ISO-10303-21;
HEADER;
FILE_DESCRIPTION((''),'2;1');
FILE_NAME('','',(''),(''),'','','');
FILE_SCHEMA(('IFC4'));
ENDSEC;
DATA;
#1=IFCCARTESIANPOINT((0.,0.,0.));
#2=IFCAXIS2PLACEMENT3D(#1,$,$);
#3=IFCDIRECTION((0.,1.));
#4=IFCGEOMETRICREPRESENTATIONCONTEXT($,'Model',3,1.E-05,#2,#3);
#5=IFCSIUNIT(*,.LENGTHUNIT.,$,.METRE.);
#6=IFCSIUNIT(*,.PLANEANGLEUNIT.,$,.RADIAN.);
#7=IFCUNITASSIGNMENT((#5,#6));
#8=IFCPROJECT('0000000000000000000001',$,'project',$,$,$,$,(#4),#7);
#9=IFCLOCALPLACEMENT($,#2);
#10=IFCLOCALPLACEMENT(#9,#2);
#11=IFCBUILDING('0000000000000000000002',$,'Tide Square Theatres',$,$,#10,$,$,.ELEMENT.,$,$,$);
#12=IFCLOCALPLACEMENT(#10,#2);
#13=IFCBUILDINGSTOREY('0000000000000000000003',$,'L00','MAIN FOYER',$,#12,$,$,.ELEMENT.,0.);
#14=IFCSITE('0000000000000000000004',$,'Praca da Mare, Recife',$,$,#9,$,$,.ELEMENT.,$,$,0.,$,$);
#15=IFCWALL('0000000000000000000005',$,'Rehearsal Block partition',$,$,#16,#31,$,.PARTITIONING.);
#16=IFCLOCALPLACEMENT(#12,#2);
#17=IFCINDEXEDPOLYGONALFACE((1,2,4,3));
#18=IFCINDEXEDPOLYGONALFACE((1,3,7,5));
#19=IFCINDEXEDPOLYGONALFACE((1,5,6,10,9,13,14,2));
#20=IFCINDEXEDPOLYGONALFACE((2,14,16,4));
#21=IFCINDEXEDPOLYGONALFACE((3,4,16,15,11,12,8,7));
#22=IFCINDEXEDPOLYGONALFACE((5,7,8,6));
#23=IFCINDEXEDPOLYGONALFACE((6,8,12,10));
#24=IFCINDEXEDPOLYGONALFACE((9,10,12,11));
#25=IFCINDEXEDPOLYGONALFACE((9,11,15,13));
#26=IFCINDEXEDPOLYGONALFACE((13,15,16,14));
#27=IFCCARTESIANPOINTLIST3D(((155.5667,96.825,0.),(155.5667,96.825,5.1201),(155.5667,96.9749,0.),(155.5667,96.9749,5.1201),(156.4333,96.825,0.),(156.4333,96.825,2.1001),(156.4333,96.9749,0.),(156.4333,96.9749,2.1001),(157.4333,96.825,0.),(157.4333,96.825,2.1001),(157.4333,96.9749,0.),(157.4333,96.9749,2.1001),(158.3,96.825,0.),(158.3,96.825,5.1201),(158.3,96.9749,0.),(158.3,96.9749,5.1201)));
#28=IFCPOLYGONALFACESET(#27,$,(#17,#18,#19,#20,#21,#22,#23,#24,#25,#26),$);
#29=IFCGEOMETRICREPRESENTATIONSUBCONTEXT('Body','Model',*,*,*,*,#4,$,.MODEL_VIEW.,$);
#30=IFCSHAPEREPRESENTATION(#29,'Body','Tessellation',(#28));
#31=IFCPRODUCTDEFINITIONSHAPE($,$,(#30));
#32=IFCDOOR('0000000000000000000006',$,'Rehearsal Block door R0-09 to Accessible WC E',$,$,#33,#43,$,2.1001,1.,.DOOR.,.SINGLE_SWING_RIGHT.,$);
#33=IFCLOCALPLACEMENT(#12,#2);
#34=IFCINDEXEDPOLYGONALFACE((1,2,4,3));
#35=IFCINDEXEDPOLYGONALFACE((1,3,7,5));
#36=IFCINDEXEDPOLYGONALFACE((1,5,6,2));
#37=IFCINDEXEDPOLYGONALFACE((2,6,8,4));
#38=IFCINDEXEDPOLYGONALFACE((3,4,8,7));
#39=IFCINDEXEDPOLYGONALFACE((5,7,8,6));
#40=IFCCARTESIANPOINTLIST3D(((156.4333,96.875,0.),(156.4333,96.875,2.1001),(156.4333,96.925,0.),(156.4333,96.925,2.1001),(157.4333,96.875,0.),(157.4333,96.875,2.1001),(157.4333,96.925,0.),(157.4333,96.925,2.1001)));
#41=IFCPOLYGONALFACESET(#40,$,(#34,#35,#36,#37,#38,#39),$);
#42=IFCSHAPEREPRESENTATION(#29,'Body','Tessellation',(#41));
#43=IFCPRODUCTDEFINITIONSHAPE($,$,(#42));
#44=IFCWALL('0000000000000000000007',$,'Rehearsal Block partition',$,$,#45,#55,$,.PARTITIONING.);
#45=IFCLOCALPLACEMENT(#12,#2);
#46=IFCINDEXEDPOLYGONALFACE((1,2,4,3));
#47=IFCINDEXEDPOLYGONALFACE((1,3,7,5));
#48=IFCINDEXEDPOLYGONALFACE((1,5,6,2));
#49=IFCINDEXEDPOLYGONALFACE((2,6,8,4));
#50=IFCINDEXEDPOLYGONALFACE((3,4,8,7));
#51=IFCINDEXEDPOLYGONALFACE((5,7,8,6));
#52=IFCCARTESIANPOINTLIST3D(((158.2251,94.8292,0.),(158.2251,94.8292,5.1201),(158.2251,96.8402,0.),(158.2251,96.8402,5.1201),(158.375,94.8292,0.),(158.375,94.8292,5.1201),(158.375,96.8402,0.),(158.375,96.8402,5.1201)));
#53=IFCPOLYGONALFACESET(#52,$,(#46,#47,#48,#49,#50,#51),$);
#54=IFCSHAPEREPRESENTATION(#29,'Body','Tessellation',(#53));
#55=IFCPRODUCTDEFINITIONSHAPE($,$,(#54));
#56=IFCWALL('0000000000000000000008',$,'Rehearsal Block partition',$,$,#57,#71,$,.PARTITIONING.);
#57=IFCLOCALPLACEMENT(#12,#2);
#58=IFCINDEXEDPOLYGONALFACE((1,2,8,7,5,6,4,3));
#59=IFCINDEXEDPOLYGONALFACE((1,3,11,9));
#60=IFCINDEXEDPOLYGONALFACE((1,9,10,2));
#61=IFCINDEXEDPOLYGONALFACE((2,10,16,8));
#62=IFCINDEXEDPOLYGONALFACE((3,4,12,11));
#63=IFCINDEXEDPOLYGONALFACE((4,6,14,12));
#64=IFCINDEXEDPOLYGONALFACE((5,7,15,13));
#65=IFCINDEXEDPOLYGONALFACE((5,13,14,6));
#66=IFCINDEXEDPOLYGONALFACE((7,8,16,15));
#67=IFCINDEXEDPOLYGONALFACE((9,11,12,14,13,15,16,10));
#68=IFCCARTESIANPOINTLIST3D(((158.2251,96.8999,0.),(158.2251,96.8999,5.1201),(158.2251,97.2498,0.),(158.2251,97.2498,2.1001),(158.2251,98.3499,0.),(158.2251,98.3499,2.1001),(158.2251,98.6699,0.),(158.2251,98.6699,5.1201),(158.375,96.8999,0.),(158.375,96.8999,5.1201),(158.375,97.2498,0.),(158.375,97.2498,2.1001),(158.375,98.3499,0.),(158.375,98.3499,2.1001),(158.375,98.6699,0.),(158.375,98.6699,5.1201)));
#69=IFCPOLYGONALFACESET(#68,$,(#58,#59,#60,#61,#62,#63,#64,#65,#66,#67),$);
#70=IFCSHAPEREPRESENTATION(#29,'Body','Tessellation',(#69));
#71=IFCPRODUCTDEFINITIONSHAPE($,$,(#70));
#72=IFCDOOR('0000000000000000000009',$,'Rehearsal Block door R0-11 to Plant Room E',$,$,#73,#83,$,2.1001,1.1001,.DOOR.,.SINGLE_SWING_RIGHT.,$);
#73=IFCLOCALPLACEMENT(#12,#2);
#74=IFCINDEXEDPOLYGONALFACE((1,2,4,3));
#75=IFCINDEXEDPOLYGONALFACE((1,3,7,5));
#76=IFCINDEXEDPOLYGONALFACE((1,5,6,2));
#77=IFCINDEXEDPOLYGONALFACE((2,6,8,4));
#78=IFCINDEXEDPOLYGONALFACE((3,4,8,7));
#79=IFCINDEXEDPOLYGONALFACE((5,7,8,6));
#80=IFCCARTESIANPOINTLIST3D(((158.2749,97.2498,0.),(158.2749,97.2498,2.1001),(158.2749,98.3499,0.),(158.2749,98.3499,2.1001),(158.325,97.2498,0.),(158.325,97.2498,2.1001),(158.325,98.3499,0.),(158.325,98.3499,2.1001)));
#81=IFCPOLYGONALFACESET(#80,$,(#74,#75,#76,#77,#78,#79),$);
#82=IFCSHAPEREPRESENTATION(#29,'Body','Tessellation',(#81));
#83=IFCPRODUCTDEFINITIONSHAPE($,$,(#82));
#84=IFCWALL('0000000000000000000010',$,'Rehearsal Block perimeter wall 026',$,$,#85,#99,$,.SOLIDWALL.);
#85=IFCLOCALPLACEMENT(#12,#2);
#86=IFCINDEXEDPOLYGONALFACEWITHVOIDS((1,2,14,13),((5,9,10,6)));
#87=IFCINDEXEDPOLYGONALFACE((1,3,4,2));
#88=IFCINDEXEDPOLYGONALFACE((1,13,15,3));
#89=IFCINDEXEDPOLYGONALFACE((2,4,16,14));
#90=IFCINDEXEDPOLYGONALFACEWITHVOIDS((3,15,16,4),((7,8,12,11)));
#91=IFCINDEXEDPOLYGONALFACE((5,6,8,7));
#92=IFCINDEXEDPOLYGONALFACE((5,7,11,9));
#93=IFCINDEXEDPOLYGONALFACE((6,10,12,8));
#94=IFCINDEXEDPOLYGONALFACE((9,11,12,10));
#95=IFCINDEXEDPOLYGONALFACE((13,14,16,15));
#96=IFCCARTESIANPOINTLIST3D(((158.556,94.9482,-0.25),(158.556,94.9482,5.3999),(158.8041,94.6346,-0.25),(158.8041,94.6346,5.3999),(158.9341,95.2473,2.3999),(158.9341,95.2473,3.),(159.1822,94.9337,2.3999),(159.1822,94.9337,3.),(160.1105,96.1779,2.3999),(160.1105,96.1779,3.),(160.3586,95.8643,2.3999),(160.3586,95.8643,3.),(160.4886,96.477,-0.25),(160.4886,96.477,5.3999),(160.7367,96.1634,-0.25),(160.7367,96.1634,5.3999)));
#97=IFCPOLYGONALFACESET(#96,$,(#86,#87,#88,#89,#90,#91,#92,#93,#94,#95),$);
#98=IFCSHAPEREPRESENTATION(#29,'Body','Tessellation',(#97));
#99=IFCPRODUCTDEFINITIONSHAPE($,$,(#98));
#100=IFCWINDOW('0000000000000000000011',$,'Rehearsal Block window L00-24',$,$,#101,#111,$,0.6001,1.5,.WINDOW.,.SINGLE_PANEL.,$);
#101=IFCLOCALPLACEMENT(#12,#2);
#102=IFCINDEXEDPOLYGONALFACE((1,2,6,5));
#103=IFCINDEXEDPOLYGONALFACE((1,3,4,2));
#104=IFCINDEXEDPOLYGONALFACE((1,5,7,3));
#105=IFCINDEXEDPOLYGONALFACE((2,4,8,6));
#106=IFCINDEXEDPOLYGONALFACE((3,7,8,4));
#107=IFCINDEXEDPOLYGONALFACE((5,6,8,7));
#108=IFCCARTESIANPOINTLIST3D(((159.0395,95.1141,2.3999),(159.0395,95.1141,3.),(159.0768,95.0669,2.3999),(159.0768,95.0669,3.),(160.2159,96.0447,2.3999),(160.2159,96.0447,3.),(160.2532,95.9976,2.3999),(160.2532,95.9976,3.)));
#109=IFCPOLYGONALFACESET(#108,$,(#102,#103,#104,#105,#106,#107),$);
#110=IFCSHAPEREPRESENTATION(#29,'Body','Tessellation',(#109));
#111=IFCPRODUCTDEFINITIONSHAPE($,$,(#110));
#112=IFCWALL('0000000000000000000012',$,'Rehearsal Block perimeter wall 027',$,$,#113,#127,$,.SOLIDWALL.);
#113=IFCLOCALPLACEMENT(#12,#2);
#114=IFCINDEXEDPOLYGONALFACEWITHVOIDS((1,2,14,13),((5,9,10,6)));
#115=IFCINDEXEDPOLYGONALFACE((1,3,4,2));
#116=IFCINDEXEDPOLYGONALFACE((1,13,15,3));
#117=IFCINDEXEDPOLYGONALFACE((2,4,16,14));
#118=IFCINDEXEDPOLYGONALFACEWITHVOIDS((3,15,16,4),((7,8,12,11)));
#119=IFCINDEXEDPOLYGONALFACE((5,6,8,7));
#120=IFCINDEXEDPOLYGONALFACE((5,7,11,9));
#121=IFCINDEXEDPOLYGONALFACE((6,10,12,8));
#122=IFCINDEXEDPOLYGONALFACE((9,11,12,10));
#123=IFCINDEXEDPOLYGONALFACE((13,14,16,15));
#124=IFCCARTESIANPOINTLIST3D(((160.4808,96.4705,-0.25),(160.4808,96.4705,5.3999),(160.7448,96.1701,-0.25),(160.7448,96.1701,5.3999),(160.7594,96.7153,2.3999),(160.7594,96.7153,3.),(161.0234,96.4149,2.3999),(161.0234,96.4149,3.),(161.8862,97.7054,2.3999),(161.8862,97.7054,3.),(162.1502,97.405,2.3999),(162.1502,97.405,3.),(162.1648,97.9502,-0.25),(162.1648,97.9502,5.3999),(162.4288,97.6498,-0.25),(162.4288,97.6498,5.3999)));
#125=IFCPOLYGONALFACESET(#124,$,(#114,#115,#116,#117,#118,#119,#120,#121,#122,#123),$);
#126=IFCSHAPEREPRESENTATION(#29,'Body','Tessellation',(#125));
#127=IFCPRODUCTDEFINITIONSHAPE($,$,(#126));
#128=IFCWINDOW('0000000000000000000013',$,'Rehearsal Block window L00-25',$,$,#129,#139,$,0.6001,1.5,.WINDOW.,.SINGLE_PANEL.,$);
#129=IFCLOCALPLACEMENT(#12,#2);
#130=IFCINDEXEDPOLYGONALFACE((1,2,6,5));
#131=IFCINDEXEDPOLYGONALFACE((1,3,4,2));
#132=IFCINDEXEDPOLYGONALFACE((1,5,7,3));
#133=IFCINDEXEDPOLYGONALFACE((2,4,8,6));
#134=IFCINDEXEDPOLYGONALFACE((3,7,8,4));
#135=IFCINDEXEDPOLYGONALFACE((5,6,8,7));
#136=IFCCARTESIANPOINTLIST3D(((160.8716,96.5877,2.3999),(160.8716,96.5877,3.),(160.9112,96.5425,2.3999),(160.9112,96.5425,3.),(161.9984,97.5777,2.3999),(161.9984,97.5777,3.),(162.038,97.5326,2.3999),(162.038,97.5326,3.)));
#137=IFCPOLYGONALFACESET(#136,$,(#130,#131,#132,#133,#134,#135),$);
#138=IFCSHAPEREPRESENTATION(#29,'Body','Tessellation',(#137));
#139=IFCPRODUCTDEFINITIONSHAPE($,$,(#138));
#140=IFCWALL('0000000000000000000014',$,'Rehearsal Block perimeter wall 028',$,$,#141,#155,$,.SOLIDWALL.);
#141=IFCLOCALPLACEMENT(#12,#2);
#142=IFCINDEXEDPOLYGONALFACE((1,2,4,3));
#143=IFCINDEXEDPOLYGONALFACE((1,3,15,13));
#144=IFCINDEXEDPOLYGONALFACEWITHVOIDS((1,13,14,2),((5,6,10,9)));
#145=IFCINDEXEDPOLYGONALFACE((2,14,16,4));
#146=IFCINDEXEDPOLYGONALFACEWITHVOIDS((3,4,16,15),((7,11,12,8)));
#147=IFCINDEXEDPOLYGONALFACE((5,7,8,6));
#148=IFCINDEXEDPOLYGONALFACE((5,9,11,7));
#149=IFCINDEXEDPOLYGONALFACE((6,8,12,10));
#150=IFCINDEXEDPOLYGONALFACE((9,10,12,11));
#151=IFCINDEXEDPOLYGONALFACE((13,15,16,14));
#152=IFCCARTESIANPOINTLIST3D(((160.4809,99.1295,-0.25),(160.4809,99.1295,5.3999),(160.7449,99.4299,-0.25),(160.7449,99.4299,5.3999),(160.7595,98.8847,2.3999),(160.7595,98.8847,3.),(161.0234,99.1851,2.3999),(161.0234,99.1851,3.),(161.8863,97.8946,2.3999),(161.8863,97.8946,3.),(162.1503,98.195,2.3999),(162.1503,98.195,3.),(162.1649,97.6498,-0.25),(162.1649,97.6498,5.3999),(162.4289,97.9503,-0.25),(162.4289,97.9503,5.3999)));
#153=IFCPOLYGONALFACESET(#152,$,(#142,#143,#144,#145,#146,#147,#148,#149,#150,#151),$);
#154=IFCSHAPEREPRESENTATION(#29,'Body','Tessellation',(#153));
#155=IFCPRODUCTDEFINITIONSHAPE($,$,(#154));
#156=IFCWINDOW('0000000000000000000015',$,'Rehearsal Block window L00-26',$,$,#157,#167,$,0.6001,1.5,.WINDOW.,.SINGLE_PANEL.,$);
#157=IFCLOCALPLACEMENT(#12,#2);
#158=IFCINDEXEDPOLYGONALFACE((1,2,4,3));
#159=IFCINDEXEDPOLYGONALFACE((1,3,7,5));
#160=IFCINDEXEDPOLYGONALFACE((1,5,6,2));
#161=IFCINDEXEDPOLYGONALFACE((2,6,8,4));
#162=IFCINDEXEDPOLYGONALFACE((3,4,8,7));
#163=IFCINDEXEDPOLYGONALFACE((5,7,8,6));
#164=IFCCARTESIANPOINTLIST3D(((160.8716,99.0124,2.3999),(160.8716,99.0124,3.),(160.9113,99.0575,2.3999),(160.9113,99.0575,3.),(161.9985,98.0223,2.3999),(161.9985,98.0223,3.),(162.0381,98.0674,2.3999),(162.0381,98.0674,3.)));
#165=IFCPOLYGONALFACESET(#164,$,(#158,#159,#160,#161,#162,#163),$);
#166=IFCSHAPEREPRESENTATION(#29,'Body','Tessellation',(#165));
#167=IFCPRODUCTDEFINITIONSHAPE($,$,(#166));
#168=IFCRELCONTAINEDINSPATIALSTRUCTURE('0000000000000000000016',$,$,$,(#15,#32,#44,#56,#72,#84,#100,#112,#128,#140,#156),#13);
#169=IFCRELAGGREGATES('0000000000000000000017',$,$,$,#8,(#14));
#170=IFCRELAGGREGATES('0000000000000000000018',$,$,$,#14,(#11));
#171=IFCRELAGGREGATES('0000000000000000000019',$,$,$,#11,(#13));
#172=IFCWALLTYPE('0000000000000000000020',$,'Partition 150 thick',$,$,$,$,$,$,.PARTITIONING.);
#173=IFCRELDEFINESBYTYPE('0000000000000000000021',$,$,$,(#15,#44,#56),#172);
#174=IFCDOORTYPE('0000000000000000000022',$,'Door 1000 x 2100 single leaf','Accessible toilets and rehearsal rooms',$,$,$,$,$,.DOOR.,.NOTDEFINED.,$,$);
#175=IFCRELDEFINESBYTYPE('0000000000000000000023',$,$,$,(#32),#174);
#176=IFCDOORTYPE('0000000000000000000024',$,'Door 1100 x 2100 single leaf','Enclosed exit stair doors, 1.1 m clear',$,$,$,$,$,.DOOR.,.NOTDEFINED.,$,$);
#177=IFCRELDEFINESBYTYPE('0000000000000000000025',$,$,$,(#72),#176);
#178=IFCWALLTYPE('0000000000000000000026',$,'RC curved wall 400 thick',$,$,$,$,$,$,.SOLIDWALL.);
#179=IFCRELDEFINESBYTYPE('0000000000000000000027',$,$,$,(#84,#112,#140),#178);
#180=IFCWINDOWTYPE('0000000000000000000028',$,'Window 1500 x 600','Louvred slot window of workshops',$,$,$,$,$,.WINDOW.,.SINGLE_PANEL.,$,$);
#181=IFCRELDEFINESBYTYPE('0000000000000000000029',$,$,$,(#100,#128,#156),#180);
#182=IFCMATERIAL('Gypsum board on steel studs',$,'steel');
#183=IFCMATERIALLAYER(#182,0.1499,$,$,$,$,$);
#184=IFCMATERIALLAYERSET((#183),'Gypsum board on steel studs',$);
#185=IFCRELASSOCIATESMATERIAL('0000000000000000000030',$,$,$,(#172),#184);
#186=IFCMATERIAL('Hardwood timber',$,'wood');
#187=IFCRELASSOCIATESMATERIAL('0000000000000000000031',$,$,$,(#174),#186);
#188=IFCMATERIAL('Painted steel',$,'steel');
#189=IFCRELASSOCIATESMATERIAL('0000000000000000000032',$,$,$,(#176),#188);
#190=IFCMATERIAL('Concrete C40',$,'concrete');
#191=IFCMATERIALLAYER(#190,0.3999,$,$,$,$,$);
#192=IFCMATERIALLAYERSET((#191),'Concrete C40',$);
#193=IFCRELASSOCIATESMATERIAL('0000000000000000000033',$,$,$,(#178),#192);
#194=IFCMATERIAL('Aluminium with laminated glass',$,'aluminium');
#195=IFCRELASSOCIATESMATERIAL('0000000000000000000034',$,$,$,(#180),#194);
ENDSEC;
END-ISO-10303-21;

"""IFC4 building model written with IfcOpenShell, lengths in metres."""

from ifc_helpers import new_model, si_unit, direction, frame, frame_2d, origin, place, context, subcontext, project, spatial, rectangle, extrude, material, layer, layer_set, type_object, element, fill, save


model = new_model("IFC4")

# Units and contexts
model_context = context("Model", 3, precision=1e-05, world=origin(), true_north=direction((0.0, 1.0)))
body_context = subcontext(model_context, "Body", "Model", "MODEL_VIEW")
ifc_project = project(units=[si_unit("LENGTHUNIT", "METRE"), si_unit("PLANEANGLEUNIT", "RADIAN")], contexts=[model_context])

# Site, building, storey
site_placement = place(None, origin())
site = spatial("IfcSite", under=ifc_project, at=site_placement, Name="Praca da Mare, Recife", CompositionType="ELEMENT", RefElevation=0.0)
building_placement = place(site_placement, origin())
building = spatial("IfcBuilding", under=site, at=building_placement, Name="Tide Square Theatres", CompositionType="ELEMENT")
storey_placement = place(building_placement, origin())
storey = spatial("IfcBuildingStorey", under=building, at=storey_placement, Name="L00", Description="MAIN FOYER", CompositionType="ELEMENT", Elevation=0.0)

# Shared definitions
ifc_material_1 = material(Name="Gypsum board on steel studs", Category="steel")
ifc_layer_1 = layer(ifc_material_1, 0.1499)
ifc_layer_set_1 = layer_set([ifc_layer_1], Name="Gypsum board on steel studs")
wall_type_1 = type_object("IfcWallType", Name="Partition 150 thick", PredefinedType="PARTITIONING", material=ifc_layer_set_1)

# Wall, opening, door
wall_1_placement = place(storey_placement, frame((158.3, 96.8999, 0.0), z_axis=(0.0, 0.0, 1.0), x_axis=(-1.0, 0.0, 0.0)))
wall_1 = element("IfcWall", 1, at=wall_1_placement, inside=storey, type_object=wall_type_1, Name="Rehearsal Block partition", PredefinedType="PARTITIONING", context=body_context, shape_type="SweptSolid", body=[
    extrude(rectangle(XDim=2.7334, YDim=0.1499, at=frame_2d((1.3667, 0.0))), origin(), (0.0, 0.0, 1.0), 5.1201),
])
opening_1_placement = place(wall_1_placement, frame((0.8667, 0.0, 0.0)))
opening_1 = element("IfcOpeningElement", 2, at=opening_1_placement, cuts=wall_1, PredefinedType="OPENING", context=body_context, shape_type="SweptSolid", body=[
    extrude(rectangle(XDim=1.0, YDim=2.1001, at=frame_2d((0.5, 1.05))), frame((0.0, 0.085, 0.0), z_axis=(0.0, -1.0, 0.0), x_axis=(1.0, 0.0, 0.0)), (0.0, 0.0, 1.0), 0.1699),
])
ifc_material_2 = material(Name="Hardwood timber", Category="wood")
door_type_1 = type_object("IfcDoorType", Name="Door 1000 x 2100 single leaf", Description="Accessible toilets and rehearsal rooms", OperationType="NOTDEFINED", PredefinedType="DOOR", material=ifc_material_2)
door_1_placement = place(opening_1_placement, origin())
door_1 = element("IfcDoor", 3, at=door_1_placement, inside=storey, type_object=door_type_1, Name="Rehearsal Block door R0-09 to Accessible WC E", OperationType="SINGLE_SWING_RIGHT", OverallHeight=2.1001, OverallWidth=1.0, PredefinedType="DOOR", context=body_context, shape_type="SweptSolid", body=[
    extrude(rectangle(XDim=1.0, YDim=2.1001, at=frame_2d((0.5, 1.05))), frame((0.0, 0.0249, 0.0), z_axis=(0.0, -1.0, 0.0), x_axis=(1.0, 0.0, 0.0)), (0.0, 0.0, 1.0), 0.05),
])
fill(opening_1, door_1)

# Wall
wall_2_placement = place(storey_placement, frame((158.3, 96.8401, 0.0), z_axis=(0.0, 0.0, 1.0), x_axis=(0.0, -1.0, 0.0)))
element("IfcWall", 4, at=wall_2_placement, inside=storey, type_object=wall_type_1, Name="Rehearsal Block partition", PredefinedType="PARTITIONING", context=body_context, shape_type="SweptSolid", body=[
    extrude(rectangle(XDim=2.011, YDim=0.1499, at=frame_2d((1.0054, 0.0))), origin(), (0.0, 0.0, 1.0), 5.1201),
])

# Wall, opening, door
wall_3_placement = place(storey_placement, frame((158.3, 98.6699, 0.0), z_axis=(0.0, 0.0, 1.0), x_axis=(0.0, -1.0, 0.0)))
wall_3 = element("IfcWall", 5, at=wall_3_placement, inside=storey, type_object=wall_type_1, Name="Rehearsal Block partition", PredefinedType="PARTITIONING", context=body_context, shape_type="SweptSolid", body=[
    extrude(rectangle(XDim=1.77, YDim=0.1499, at=frame_2d((0.885, 0.0))), origin(), (0.0, 0.0, 1.0), 5.1201),
])
opening_2_placement = place(wall_3_placement, frame((0.3201, 0.0, 0.0)))
opening_2 = element("IfcOpeningElement", 6, at=opening_2_placement, cuts=wall_3, PredefinedType="OPENING", context=body_context, shape_type="SweptSolid", body=[
    extrude(rectangle(XDim=1.1001, YDim=2.1001, at=frame_2d((0.55, 1.05))), frame((0.0, 0.085, 0.0), z_axis=(0.0, -1.0, 0.0), x_axis=(1.0, 0.0, 0.0)), (0.0, 0.0, 1.0), 0.1699),
])
ifc_material_3 = material(Name="Painted steel", Category="steel")
door_type_2 = type_object("IfcDoorType", Name="Door 1100 x 2100 single leaf", Description="Enclosed exit stair doors, 1.1 m clear", OperationType="NOTDEFINED", PredefinedType="DOOR", material=ifc_material_3)
door_2_placement = place(opening_2_placement, origin())
door_2 = element("IfcDoor", 7, at=door_2_placement, inside=storey, type_object=door_type_2, Name="Rehearsal Block door R0-11 to Plant Room E", OperationType="SINGLE_SWING_RIGHT", OverallHeight=2.1001, OverallWidth=1.1001, PredefinedType="DOOR", context=body_context, shape_type="SweptSolid", body=[
    extrude(rectangle(XDim=1.1001, YDim=2.1001, at=frame_2d((0.55, 1.05))), frame((0.0, 0.0249, 0.0), z_axis=(0.0, -1.0, 0.0), x_axis=(1.0, 0.0, 0.0)), (0.0, 0.0, 1.0), 0.05),
])
fill(opening_2, door_2)

# Walls, openings, windows
ifc_material_4 = material(Name="Concrete C40", Category="concrete")
ifc_layer_2 = layer(ifc_material_4, 0.3999)
ifc_layer_set_2 = layer_set([ifc_layer_2], Name="Concrete C40")
wall_type_2 = type_object("IfcWallType", Name="RC curved wall 400 thick", PredefinedType="SOLIDWALL", material=ifc_layer_set_2)
wall_4_placement = place(storey_placement, frame((158.6802, 94.7915, -0.25), z_axis=(0.0, 0.0, 1.0), x_axis=(0.784279, 0.620409, 0.0)))
wall_4 = element("IfcWall", 8, at=wall_4_placement, inside=storey, type_object=wall_type_2, Name="Rehearsal Block perimeter wall 026", PredefinedType="SOLIDWALL", context=body_context, shape_type="SweptSolid", body=[
    extrude(rectangle(XDim=2.4641, YDim=0.3999, at=frame_2d((1.2319, 0.0))), origin(), (0.0, 0.0, 1.0), 5.6499),
])
opening_3_placement = place(wall_4_placement, frame((0.4819, 0.0, 2.6499)))
opening_3 = element("IfcOpeningElement", 9, at=opening_3_placement, cuts=wall_4, PredefinedType="OPENING", context=body_context, shape_type="SweptSolid", body=[
    extrude(rectangle(XDim=1.5, YDim=0.6001, at=frame_2d((0.75, 0.3))), frame((0.0, 0.21, 0.0), z_axis=(0.0, -1.0, 0.0), x_axis=(1.0, 0.0, 0.0)), (0.0, 0.0, 1.0), 0.4199),
])
ifc_material_5 = material(Name="Aluminium with laminated glass", Category="aluminium")
window_type = type_object("IfcWindowType", Name="Window 1500 x 600", Description="Louvred slot window of workshops", PartitioningType="SINGLE_PANEL", PredefinedType="WINDOW", material=ifc_material_5)
window_1_placement = place(opening_3_placement, origin())
window_1 = element("IfcWindow", 10, at=window_1_placement, inside=storey, type_object=window_type, Name="Rehearsal Block window L00-24", OverallHeight=0.6001, OverallWidth=1.5, PartitioningType="SINGLE_PANEL", PredefinedType="WINDOW", context=body_context, shape_type="SweptSolid", body=[
    extrude(rectangle(XDim=1.5, YDim=0.6001, at=frame_2d((0.75, 0.3))), frame((0.0, 0.03, 0.0), z_axis=(0.0, -1.0, 0.0), x_axis=(1.0, 0.0, 0.0)), (0.0, 0.0, 1.0), 0.0601),
])
fill(opening_3, window_1)
wall_5_placement = place(storey_placement, frame((160.6128, 96.3203, -0.25), z_axis=(0.0, 0.0, 1.0), x_axis=(0.751212, 0.660061, 0.0)))
wall_5 = element("IfcWall", 11, at=wall_5_placement, inside=storey, type_object=wall_type_2, Name="Rehearsal Block perimeter wall 027", PredefinedType="SOLIDWALL", context=body_context, shape_type="SweptSolid", body=[
    extrude(rectangle(XDim=2.2417, YDim=0.3999, at=frame_2d((1.1208, 0.0))), origin(), (0.0, 0.0, 1.0), 5.6499),
])
opening_4_placement = place(wall_5_placement, frame((0.3708, 0.0, 2.6499)))
opening_4 = element("IfcOpeningElement", 12, at=opening_4_placement, cuts=wall_5, PredefinedType="OPENING", context=body_context, shape_type="SweptSolid", body=[
    extrude(rectangle(XDim=1.5, YDim=0.6001, at=frame_2d((0.75, 0.3))), frame((0.0, 0.21, 0.0), z_axis=(0.0, -1.0, 0.0), x_axis=(1.0, 0.0, 0.0)), (0.0, 0.0, 1.0), 0.4199),
])
window_2_placement = place(opening_4_placement, origin())
window_2 = element("IfcWindow", 13, at=window_2_placement, inside=storey, type_object=window_type, Name="Rehearsal Block window L00-25", OverallHeight=0.6001, OverallWidth=1.5, PartitioningType="SINGLE_PANEL", PredefinedType="WINDOW", context=body_context, shape_type="SweptSolid", body=[
    extrude(rectangle(XDim=1.5, YDim=0.6001, at=frame_2d((0.75, 0.3))), frame((0.0, 0.03, 0.0), z_axis=(0.0, -1.0, 0.0), x_axis=(1.0, 0.0, 0.0)), (0.0, 0.0, 1.0), 0.0601),
])
fill(opening_4, window_2)
wall_6_placement = place(storey_placement, frame((162.2969, 97.8, -0.25), z_axis=(0.0, 0.0, 1.0), x_axis=(-0.751212, 0.660061, 0.0)))
wall_6 = element("IfcWall", 14, at=wall_6_placement, inside=storey, type_object=wall_type_2, Name="Rehearsal Block perimeter wall 028", PredefinedType="SOLIDWALL", context=body_context, shape_type="SweptSolid", body=[
    extrude(rectangle(XDim=2.2417, YDim=0.3999, at=frame_2d((1.1208, 0.0))), origin(), (0.0, 0.0, 1.0), 5.6499),
])
opening_5_placement = place(wall_6_placement, frame((0.3708, 0.0, 2.6499)))
opening_5 = element("IfcOpeningElement", 15, at=opening_5_placement, cuts=wall_6, PredefinedType="OPENING", context=body_context, shape_type="SweptSolid", body=[
    extrude(rectangle(XDim=1.5, YDim=0.6001, at=frame_2d((0.75, 0.3))), frame((0.0, 0.21, 0.0), z_axis=(0.0, -1.0, 0.0), x_axis=(1.0, 0.0, 0.0)), (0.0, 0.0, 1.0), 0.4199),
])
window_3_placement = place(opening_5_placement, origin())
window_3 = element("IfcWindow", 16, at=window_3_placement, inside=storey, type_object=window_type, Name="Rehearsal Block window L00-26", OverallHeight=0.6001, OverallWidth=1.5, PartitioningType="SINGLE_PANEL", PredefinedType="WINDOW", context=body_context, shape_type="SweptSolid", body=[
    extrude(rectangle(XDim=1.5, YDim=0.6001, at=frame_2d((0.75, 0.3))), frame((0.0, 0.03, 0.0), z_axis=(0.0, -1.0, 0.0), x_axis=(1.0, 0.0, 0.0)), (0.0, 0.0, 1.0), 0.0601),
])
fill(opening_5, window_3)

save(model, "model.ifc")
